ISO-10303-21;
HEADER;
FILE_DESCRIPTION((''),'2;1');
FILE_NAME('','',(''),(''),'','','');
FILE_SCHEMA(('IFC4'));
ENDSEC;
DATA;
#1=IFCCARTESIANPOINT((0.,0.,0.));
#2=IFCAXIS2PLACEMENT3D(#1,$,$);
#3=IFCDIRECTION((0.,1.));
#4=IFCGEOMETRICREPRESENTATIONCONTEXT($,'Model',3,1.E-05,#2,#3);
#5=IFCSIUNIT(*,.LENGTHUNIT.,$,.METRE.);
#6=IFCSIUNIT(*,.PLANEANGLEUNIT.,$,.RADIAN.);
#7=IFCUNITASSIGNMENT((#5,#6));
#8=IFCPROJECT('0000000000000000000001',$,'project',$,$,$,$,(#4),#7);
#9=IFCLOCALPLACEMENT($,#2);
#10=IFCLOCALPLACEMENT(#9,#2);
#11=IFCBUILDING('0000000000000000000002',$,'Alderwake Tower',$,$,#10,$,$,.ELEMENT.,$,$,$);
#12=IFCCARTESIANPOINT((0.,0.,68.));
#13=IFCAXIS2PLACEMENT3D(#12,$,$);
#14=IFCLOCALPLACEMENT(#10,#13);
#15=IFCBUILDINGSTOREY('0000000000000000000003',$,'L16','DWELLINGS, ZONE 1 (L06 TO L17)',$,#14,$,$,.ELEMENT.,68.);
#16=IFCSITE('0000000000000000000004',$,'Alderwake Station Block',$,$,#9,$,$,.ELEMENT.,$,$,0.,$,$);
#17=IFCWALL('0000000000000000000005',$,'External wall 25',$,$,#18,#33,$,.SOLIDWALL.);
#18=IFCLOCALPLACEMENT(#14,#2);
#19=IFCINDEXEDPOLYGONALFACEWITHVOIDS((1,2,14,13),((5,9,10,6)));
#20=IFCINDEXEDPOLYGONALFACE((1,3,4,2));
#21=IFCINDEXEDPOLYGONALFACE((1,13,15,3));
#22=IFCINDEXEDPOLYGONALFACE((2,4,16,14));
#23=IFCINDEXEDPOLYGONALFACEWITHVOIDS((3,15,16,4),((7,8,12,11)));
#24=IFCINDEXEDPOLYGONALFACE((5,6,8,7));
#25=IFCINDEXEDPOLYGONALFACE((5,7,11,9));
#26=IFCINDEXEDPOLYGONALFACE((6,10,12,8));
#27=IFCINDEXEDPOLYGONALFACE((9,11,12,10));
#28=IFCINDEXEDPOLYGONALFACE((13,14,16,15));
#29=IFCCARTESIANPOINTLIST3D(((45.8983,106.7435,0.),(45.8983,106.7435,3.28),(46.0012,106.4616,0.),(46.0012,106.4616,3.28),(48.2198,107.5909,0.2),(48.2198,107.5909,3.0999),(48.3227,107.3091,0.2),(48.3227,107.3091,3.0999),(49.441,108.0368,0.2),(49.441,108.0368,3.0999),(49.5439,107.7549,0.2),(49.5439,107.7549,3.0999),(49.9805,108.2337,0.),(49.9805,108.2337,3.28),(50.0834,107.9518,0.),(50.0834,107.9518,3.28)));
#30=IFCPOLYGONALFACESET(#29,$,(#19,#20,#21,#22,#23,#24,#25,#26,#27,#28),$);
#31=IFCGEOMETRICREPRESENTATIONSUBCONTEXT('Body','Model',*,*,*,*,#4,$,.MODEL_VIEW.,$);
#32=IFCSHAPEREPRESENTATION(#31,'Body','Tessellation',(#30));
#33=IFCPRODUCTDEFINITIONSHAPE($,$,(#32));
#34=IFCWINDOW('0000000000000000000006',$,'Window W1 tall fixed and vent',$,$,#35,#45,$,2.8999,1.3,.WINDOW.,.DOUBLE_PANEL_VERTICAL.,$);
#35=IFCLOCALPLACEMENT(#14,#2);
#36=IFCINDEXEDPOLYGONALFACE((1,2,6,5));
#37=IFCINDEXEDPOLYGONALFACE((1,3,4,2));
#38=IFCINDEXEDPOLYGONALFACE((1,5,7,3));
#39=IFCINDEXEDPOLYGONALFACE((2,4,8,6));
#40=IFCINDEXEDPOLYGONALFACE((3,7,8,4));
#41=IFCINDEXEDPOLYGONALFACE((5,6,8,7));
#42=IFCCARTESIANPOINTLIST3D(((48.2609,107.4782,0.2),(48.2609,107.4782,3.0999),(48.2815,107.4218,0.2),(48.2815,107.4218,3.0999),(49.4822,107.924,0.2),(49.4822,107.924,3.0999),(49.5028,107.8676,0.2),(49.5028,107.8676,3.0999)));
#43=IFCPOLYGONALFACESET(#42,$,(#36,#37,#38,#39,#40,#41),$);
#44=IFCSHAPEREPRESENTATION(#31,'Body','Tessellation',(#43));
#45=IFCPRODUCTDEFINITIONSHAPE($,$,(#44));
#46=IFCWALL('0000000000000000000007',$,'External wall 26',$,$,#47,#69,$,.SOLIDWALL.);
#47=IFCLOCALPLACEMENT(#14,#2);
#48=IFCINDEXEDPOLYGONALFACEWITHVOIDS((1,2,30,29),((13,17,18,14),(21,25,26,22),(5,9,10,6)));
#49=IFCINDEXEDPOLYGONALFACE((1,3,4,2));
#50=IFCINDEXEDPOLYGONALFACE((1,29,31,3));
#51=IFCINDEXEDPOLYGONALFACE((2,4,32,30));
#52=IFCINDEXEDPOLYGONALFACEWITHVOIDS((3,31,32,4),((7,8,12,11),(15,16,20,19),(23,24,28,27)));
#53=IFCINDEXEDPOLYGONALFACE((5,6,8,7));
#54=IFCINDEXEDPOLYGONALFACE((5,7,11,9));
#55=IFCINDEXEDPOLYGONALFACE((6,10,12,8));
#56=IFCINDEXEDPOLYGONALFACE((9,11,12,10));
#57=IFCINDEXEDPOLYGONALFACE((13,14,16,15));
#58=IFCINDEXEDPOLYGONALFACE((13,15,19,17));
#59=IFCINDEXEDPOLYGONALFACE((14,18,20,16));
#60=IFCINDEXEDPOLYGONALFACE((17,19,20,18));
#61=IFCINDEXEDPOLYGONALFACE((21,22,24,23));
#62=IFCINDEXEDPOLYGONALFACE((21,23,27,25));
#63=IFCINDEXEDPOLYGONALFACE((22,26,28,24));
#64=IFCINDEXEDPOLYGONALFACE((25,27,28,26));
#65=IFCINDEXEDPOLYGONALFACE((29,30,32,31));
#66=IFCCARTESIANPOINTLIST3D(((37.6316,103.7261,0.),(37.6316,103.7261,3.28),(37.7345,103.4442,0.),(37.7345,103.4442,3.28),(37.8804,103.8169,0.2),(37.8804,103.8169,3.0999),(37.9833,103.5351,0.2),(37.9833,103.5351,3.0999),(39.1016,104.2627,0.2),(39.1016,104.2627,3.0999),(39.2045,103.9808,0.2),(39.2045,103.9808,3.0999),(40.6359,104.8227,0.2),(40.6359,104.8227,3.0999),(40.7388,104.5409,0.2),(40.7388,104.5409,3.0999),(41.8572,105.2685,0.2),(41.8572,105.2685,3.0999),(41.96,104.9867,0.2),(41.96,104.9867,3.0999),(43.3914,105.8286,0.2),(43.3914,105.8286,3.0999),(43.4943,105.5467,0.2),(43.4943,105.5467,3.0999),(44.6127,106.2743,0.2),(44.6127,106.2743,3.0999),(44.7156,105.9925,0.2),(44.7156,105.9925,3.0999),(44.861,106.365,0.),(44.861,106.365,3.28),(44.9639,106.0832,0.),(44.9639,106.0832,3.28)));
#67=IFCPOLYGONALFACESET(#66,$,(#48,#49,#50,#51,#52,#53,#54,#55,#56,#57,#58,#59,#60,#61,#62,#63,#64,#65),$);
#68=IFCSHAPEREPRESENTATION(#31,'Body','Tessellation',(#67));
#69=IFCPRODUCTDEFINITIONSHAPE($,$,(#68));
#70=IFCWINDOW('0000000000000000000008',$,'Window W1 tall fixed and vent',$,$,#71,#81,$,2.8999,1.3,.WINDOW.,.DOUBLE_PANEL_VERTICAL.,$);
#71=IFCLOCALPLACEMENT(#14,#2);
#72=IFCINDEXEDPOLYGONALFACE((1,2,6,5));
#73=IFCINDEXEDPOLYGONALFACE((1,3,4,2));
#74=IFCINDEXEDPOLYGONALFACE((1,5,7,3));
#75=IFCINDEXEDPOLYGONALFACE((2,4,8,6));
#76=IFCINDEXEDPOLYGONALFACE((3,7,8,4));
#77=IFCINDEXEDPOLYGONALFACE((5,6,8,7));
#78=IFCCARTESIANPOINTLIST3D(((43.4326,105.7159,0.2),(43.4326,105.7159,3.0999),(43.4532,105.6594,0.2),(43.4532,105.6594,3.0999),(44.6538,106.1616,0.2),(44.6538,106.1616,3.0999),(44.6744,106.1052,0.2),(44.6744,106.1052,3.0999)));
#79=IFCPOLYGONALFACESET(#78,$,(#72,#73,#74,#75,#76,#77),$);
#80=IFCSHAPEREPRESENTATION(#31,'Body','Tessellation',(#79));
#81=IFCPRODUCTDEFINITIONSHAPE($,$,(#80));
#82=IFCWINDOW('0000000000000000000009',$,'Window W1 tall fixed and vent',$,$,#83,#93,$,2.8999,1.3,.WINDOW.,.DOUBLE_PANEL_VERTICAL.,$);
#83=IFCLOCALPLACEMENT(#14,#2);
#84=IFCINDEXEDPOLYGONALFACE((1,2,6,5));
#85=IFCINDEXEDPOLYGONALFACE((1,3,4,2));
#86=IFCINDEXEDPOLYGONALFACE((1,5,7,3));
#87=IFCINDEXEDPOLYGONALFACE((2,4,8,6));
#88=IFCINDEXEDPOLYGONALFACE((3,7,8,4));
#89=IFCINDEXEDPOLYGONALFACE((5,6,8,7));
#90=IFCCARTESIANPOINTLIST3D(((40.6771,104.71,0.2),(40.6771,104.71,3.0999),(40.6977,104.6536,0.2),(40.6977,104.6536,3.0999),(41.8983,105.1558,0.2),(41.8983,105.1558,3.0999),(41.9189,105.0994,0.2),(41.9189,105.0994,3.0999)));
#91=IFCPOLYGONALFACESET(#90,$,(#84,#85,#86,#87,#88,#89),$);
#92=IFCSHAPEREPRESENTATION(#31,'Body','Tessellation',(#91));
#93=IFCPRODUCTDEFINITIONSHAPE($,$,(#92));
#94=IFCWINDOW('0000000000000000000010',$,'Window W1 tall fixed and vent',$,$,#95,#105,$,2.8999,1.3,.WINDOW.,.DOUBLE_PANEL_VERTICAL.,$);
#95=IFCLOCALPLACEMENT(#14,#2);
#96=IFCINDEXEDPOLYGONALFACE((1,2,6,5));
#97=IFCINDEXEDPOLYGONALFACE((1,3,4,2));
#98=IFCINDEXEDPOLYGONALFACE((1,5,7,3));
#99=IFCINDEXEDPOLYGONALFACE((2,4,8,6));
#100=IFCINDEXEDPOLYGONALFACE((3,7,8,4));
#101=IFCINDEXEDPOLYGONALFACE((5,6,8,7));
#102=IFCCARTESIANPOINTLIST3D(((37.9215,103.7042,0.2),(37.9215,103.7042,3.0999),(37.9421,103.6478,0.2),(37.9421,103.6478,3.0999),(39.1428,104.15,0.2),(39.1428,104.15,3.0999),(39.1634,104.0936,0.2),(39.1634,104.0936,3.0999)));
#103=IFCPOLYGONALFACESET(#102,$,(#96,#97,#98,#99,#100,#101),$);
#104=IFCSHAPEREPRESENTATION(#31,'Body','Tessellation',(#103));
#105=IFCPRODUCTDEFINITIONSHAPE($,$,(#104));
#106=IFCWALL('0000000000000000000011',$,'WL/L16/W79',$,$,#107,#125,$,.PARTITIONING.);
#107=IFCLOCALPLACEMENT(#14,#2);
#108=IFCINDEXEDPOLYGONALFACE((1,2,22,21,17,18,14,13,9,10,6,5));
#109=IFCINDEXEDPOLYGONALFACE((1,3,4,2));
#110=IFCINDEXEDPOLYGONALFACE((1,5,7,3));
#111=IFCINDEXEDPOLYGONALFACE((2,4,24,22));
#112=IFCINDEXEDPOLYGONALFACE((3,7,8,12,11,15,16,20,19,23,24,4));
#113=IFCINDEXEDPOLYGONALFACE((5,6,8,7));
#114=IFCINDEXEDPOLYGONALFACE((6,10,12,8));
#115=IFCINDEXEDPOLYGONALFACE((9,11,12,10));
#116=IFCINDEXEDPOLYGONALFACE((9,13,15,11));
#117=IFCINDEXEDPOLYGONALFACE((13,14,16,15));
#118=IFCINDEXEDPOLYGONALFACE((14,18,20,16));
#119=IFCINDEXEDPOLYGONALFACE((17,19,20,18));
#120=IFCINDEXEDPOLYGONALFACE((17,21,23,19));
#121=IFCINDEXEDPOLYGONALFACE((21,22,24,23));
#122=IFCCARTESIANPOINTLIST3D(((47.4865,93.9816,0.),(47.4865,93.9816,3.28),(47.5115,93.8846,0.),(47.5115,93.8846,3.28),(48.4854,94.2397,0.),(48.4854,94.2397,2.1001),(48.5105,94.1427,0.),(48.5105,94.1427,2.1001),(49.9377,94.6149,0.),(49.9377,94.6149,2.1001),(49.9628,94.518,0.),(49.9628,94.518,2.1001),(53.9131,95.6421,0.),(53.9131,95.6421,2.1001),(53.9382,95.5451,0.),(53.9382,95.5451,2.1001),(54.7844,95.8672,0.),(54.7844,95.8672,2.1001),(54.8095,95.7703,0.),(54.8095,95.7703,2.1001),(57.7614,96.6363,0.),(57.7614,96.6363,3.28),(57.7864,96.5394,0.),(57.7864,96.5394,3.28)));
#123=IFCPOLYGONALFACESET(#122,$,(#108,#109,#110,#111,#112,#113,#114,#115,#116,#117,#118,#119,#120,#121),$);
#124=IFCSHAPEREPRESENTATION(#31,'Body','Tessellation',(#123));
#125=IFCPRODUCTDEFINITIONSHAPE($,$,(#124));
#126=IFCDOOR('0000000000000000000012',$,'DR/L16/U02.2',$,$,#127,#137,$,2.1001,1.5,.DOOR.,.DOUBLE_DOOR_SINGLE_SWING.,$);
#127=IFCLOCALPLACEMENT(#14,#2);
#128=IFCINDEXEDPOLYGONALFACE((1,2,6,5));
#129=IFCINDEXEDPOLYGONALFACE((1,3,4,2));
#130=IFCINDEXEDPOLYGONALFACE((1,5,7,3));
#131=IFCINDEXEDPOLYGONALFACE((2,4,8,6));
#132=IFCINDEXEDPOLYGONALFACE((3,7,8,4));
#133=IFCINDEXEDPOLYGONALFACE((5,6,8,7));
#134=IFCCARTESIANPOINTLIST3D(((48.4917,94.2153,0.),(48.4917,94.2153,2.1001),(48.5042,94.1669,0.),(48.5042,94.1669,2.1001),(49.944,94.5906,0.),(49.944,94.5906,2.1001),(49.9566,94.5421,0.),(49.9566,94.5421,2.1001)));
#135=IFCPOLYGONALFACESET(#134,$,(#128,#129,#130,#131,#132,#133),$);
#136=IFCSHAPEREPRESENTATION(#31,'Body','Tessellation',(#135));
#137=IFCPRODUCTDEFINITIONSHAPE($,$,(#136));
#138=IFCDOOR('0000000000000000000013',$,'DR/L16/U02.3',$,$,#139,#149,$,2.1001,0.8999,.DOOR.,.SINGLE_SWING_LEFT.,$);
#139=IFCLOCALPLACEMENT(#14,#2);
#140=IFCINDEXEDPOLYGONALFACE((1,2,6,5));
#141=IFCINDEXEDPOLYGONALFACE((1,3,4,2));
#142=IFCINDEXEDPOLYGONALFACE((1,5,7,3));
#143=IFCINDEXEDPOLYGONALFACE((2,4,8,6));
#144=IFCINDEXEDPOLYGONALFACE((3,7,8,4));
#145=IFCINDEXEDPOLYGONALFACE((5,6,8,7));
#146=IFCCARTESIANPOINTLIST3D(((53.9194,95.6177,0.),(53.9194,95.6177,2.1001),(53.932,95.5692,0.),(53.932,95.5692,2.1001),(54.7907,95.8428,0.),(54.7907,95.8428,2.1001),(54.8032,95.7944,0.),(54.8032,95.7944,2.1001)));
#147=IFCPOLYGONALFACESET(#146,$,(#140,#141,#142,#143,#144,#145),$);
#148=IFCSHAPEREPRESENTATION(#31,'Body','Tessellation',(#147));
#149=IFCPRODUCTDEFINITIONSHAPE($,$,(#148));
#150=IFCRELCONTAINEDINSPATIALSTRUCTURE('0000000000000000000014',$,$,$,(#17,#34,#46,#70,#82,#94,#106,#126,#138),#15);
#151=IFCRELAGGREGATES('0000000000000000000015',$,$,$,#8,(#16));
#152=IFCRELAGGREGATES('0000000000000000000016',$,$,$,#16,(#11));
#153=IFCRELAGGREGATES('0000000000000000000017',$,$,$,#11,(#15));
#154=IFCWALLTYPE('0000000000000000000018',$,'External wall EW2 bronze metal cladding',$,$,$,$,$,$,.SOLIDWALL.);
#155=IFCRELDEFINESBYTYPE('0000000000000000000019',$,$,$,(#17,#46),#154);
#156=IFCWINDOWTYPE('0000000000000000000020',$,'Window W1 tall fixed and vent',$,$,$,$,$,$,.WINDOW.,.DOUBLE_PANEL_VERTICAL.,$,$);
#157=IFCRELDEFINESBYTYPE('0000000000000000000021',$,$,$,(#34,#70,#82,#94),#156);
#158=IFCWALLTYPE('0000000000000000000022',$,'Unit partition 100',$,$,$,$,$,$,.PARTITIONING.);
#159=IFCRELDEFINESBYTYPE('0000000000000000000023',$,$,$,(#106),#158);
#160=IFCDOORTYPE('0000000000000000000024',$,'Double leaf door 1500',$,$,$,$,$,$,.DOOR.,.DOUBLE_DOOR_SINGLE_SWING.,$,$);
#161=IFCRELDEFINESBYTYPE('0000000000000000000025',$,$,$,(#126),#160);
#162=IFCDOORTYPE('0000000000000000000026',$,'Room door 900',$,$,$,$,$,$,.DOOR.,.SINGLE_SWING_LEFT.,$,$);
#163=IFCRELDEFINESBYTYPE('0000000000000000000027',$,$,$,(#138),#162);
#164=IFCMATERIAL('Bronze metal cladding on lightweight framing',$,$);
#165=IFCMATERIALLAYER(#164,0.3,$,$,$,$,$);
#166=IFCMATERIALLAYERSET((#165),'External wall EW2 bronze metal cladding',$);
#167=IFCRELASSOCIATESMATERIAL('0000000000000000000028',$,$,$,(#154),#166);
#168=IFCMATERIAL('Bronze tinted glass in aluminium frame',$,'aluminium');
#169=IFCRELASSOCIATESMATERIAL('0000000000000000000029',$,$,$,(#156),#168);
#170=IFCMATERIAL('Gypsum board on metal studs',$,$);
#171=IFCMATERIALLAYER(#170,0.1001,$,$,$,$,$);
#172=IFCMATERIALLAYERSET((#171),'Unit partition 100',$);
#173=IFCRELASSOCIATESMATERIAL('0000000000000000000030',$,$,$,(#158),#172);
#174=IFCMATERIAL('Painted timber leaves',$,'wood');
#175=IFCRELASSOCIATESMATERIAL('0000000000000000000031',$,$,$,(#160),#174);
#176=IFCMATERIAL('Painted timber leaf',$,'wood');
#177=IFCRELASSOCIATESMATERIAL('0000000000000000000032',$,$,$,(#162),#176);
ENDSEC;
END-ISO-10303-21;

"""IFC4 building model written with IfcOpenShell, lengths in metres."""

from ifc_helpers import new_model, si_unit, direction, frame, frame_2d, origin, place, context, subcontext, project, spatial, rectangle, extrude, material, layer, layer_set, type_object, element, fill, save


model = new_model("IFC4")

# Units and contexts
model_context = context("Model", 3, precision=1e-05, world=origin(), true_north=direction((0.0, 1.0)))
body_context = subcontext(model_context, "Body", "Model", "MODEL_VIEW")
ifc_project = project(units=[si_unit("LENGTHUNIT", "METRE"), si_unit("PLANEANGLEUNIT", "RADIAN")], contexts=[model_context])

# Site, building, storey
site_placement = place(None, origin())
site = spatial("IfcSite", under=ifc_project, at=site_placement, Name="Alderwake Station Block", CompositionType="ELEMENT", RefElevation=0.0)
building_placement = place(site_placement, origin())
building = spatial("IfcBuilding", under=site, at=building_placement, Name="Alderwake Tower", CompositionType="ELEMENT")
storey_placement = place(building_placement, frame((0.0, 0.0, 68.0)))
storey = spatial("IfcBuildingStorey", under=building, at=storey_placement, Name="L16", Description="DWELLINGS, ZONE 1 (L06 TO L17)", CompositionType="ELEMENT", Elevation=68.0)

# Wall, opening, window
ifc_material_1 = material(Name="Bronze metal cladding on lightweight framing")
ifc_layer_1 = layer(ifc_material_1, 0.3)
ifc_layer_set_1 = layer_set([ifc_layer_1], Name="External wall EW2 bronze metal cladding")
wall_type_1 = type_object("IfcWallType", Name="External wall EW2 bronze metal cladding", PredefinedType="SOLIDWALL", material=ifc_layer_set_1)
wall_1_placement = place(storey_placement, frame((50.032, 108.0928, 0.0), z_axis=(0.0, 0.0, 1.0), x_axis=(-0.939366, -0.342916, 0.0)))
wall_1 = element("IfcWall", 1, at=wall_1_placement, inside=storey, type_object=wall_type_1, Name="External wall 25", PredefinedType="SOLIDWALL", context=body_context, shape_type="SweptSolid", body=[
    extrude(rectangle(XDim=4.3457, YDim=0.3, at=frame_2d((2.1729, 0.0))), origin(), (0.0, 0.0, 1.0), 3.28),
])
opening_1_placement = place(wall_1_placement, frame((0.5745, 0.0, 0.2)))
opening_1 = element("IfcOpeningElement", 2, at=opening_1_placement, cuts=wall_1, PredefinedType="OPENING", context=body_context, shape_type="SweptSolid", body=[
    extrude(rectangle(XDim=1.3, YDim=2.8999, at=frame_2d((0.6499, 1.45))), frame((0.0, 0.1599, 0.0), z_axis=(0.0, -1.0, 0.0), x_axis=(1.0, 0.0, 0.0)), (0.0, 0.0, 1.0), 0.3201),
])
ifc_material_2 = material(Name="Bronze tinted glass in aluminium frame", Category="aluminium")
window_type = type_object("IfcWindowType", Name="Window W1 tall fixed and vent", PartitioningType="DOUBLE_PANEL_VERTICAL", PredefinedType="WINDOW", material=ifc_material_2)
window_1_placement = place(opening_1_placement, origin())
window_1 = element("IfcWindow", 3, at=window_1_placement, inside=storey, type_object=window_type, Name="Window W1 tall fixed and vent", OverallHeight=2.8999, OverallWidth=1.3, PartitioningType="DOUBLE_PANEL_VERTICAL", PredefinedType="WINDOW", context=body_context, shape_type="SweptSolid", body=[
    extrude(rectangle(XDim=1.3, YDim=2.8999, at=frame_2d((0.6499, 1.45))), frame((0.0, 0.03, 0.0), z_axis=(0.0, -1.0, 0.0), x_axis=(1.0, 0.0, 0.0)), (0.0, 0.0, 1.0), 0.0601),
])
fill(opening_1, window_1)

# Wall, openings, windows
wall_2_placement = place(storey_placement, frame((44.9126, 106.2241, 0.0), z_axis=(0.0, 0.0, 1.0), x_axis=(-0.939375, -0.342892, 0.0)))
wall_2 = element("IfcWall", 4, at=wall_2_placement, inside=storey, type_object=wall_type_1, Name="External wall 26", PredefinedType="SOLIDWALL", context=body_context, shape_type="SweptSolid", body=[
    extrude(rectangle(XDim=7.696, YDim=0.3, at=frame_2d((3.8481, 0.0))), origin(), (0.0, 0.0, 1.0), 3.28),
])
opening_2_placement = place(wall_2_placement, frame((0.2646, 0.0, 0.2)))
opening_2 = element("IfcOpeningElement", 5, at=opening_2_placement, cuts=wall_2, PredefinedType="OPENING", context=body_context, shape_type="SweptSolid", body=[
    extrude(rectangle(XDim=1.3, YDim=2.8999, at=frame_2d((0.6499, 1.45))), frame((0.0, 0.1599, 0.0), z_axis=(0.0, -1.0, 0.0), x_axis=(1.0, 0.0, 0.0)), (0.0, 0.0, 1.0), 0.3201),
])
opening_3_placement = place(wall_2_placement, frame((3.198, 0.0, 0.2)))
opening_3 = element("IfcOpeningElement", 6, at=opening_3_placement, cuts=wall_2, PredefinedType="OPENING", context=body_context, shape_type="SweptSolid", body=[
    extrude(rectangle(XDim=1.3, YDim=2.8999, at=frame_2d((0.6499, 1.45))), frame((0.0, 0.1599, 0.0), z_axis=(0.0, -1.0, 0.0), x_axis=(1.0, 0.0, 0.0)), (0.0, 0.0, 1.0), 0.3201),
])
opening_4_placement = place(wall_2_placement, frame((6.1313, 0.0, 0.2)))
opening_4 = element("IfcOpeningElement", 7, at=opening_4_placement, cuts=wall_2, PredefinedType="OPENING", context=body_context, shape_type="SweptSolid", body=[
    extrude(rectangle(XDim=1.3, YDim=2.8999, at=frame_2d((0.6499, 1.45))), frame((0.0, 0.1599, 0.0), z_axis=(0.0, -1.0, 0.0), x_axis=(1.0, 0.0, 0.0)), (0.0, 0.0, 1.0), 0.3201),
])
window_2_placement = place(opening_2_placement, origin())
window_2 = element("IfcWindow", 8, at=window_2_placement, inside=storey, type_object=window_type, Name="Window W1 tall fixed and vent", OverallHeight=2.8999, OverallWidth=1.3, PartitioningType="DOUBLE_PANEL_VERTICAL", PredefinedType="WINDOW", context=body_context, shape_type="SweptSolid", body=[
    extrude(rectangle(XDim=1.3, YDim=2.8999, at=frame_2d((0.6499, 1.45))), frame((0.0, 0.03, 0.0), z_axis=(0.0, -1.0, 0.0), x_axis=(1.0, 0.0, 0.0)), (0.0, 0.0, 1.0), 0.0601),
])
fill(opening_2, window_2)
window_3_placement = place(opening_3_placement, origin())
window_3 = element("IfcWindow", 9, at=window_3_placement, inside=storey, type_object=window_type, Name="Window W1 tall fixed and vent", OverallHeight=2.8999, OverallWidth=1.3, PartitioningType="DOUBLE_PANEL_VERTICAL", PredefinedType="WINDOW", context=body_context, shape_type="SweptSolid", body=[
    extrude(rectangle(XDim=1.3, YDim=2.8999, at=frame_2d((0.6499, 1.45))), frame((0.0, 0.03, 0.0), z_axis=(0.0, -1.0, 0.0), x_axis=(1.0, 0.0, 0.0)), (0.0, 0.0, 1.0), 0.0601),
])
fill(opening_3, window_3)
window_4_placement = place(opening_4_placement, origin())
window_4 = element("IfcWindow", 10, at=window_4_placement, inside=storey, type_object=window_type, Name="Window W1 tall fixed and vent", OverallHeight=2.8999, OverallWidth=1.3, PartitioningType="DOUBLE_PANEL_VERTICAL", PredefinedType="WINDOW", context=body_context, shape_type="SweptSolid", body=[
    extrude(rectangle(XDim=1.3, YDim=2.8999, at=frame_2d((0.6499, 1.45))), frame((0.0, 0.03, 0.0), z_axis=(0.0, -1.0, 0.0), x_axis=(1.0, 0.0, 0.0)), (0.0, 0.0, 1.0), 0.0601),
])
fill(opening_4, window_4)

# Wall, openings, doors
ifc_material_3 = material(Name="Gypsum board on metal studs")
ifc_layer_2 = layer(ifc_material_3, 0.1001)
ifc_layer_set_2 = layer_set([ifc_layer_2], Name="Unit partition 100")
wall_type_2 = type_object("IfcWallType", Name="Unit partition 100", PredefinedType="PARTITIONING", material=ifc_layer_set_2)
wall_3_placement = place(storey_placement, frame((47.499, 93.9331, 0.0), z_axis=(0.0, 0.0, 1.0), x_axis=(0.968204, 0.25016, 0.0)))
wall_3 = element("IfcWall", 11, at=wall_3_placement, inside=storey, type_object=wall_type_2, Name="WL/L16/W79", PredefinedType="PARTITIONING", context=body_context, shape_type="SweptSolid", body=[
    extrude(rectangle(XDim=10.6123, YDim=0.1001, at=frame_2d((5.3062, 0.0))), origin(), (0.0, 0.0, 1.0), 3.28),
])
opening_5_placement = place(wall_3_placement, frame((1.0317, 0.0, 0.0)))
opening_5 = element("IfcOpeningElement", 12, at=opening_5_placement, cuts=wall_3, PredefinedType="OPENING", context=body_context, shape_type="SweptSolid", body=[
    extrude(rectangle(XDim=1.5, YDim=2.1001, at=frame_2d((0.75, 1.05))), frame((0.0, 0.0601, 0.0), z_axis=(0.0, -1.0, 0.0), x_axis=(1.0, 0.0, 0.0)), (0.0, 0.0, 1.0), 0.1201),
])
opening_6_placement = place(wall_3_placement, frame((6.6377, 0.0, 0.0)))
opening_6 = element("IfcOpeningElement", 13, at=opening_6_placement, cuts=wall_3, PredefinedType="OPENING", context=body_context, shape_type="SweptSolid", body=[
    extrude(rectangle(XDim=0.8999, YDim=2.1001, at=frame_2d((0.45, 1.05))), frame((0.0, 0.0601, 0.0), z_axis=(0.0, -1.0, 0.0), x_axis=(1.0, 0.0, 0.0)), (0.0, 0.0, 1.0), 0.1201),
])
ifc_material_4 = material(Name="Painted timber leaves", Category="wood")
door_type_1 = type_object("IfcDoorType", Name="Double leaf door 1500", OperationType="DOUBLE_DOOR_SINGLE_SWING", PredefinedType="DOOR", material=ifc_material_4)
door_1_placement = place(opening_5_placement, origin())
door_1 = element("IfcDoor", 14, at=door_1_placement, inside=storey, type_object=door_type_1, Name="DR/L16/U02.2", OperationType="DOUBLE_DOOR_SINGLE_SWING", OverallHeight=2.1001, OverallWidth=1.5, PredefinedType="DOOR", context=body_context, shape_type="SweptSolid", body=[
    extrude(rectangle(XDim=1.5, YDim=2.1001, at=frame_2d((0.75, 1.05))), frame((0.0, 0.0249, 0.0), z_axis=(0.0, -1.0, 0.0), x_axis=(1.0, 0.0, 0.0)), (0.0, 0.0, 1.0), 0.05),
])
fill(opening_5, door_1)
ifc_material_5 = material(Name="Painted timber leaf", Category="wood")
door_type_2 = type_object("IfcDoorType", Name="Room door 900", OperationType="SINGLE_SWING_LEFT", PredefinedType="DOOR", material=ifc_material_5)
door_2_placement = place(opening_6_placement, origin())
door_2 = element("IfcDoor", 15, at=door_2_placement, inside=storey, type_object=door_type_2, Name="DR/L16/U02.3", OperationType="SINGLE_SWING_LEFT", OverallHeight=2.1001, OverallWidth=0.8999, PredefinedType="DOOR", context=body_context, shape_type="SweptSolid", body=[
    extrude(rectangle(XDim=0.8999, YDim=2.1001, at=frame_2d((0.45, 1.05))), frame((0.0, 0.0249, 0.0), z_axis=(0.0, -1.0, 0.0), x_axis=(1.0, 0.0, 0.0)), (0.0, 0.0, 1.0), 0.05),
])
fill(opening_6, door_2)

save(model, "model.ifc")
